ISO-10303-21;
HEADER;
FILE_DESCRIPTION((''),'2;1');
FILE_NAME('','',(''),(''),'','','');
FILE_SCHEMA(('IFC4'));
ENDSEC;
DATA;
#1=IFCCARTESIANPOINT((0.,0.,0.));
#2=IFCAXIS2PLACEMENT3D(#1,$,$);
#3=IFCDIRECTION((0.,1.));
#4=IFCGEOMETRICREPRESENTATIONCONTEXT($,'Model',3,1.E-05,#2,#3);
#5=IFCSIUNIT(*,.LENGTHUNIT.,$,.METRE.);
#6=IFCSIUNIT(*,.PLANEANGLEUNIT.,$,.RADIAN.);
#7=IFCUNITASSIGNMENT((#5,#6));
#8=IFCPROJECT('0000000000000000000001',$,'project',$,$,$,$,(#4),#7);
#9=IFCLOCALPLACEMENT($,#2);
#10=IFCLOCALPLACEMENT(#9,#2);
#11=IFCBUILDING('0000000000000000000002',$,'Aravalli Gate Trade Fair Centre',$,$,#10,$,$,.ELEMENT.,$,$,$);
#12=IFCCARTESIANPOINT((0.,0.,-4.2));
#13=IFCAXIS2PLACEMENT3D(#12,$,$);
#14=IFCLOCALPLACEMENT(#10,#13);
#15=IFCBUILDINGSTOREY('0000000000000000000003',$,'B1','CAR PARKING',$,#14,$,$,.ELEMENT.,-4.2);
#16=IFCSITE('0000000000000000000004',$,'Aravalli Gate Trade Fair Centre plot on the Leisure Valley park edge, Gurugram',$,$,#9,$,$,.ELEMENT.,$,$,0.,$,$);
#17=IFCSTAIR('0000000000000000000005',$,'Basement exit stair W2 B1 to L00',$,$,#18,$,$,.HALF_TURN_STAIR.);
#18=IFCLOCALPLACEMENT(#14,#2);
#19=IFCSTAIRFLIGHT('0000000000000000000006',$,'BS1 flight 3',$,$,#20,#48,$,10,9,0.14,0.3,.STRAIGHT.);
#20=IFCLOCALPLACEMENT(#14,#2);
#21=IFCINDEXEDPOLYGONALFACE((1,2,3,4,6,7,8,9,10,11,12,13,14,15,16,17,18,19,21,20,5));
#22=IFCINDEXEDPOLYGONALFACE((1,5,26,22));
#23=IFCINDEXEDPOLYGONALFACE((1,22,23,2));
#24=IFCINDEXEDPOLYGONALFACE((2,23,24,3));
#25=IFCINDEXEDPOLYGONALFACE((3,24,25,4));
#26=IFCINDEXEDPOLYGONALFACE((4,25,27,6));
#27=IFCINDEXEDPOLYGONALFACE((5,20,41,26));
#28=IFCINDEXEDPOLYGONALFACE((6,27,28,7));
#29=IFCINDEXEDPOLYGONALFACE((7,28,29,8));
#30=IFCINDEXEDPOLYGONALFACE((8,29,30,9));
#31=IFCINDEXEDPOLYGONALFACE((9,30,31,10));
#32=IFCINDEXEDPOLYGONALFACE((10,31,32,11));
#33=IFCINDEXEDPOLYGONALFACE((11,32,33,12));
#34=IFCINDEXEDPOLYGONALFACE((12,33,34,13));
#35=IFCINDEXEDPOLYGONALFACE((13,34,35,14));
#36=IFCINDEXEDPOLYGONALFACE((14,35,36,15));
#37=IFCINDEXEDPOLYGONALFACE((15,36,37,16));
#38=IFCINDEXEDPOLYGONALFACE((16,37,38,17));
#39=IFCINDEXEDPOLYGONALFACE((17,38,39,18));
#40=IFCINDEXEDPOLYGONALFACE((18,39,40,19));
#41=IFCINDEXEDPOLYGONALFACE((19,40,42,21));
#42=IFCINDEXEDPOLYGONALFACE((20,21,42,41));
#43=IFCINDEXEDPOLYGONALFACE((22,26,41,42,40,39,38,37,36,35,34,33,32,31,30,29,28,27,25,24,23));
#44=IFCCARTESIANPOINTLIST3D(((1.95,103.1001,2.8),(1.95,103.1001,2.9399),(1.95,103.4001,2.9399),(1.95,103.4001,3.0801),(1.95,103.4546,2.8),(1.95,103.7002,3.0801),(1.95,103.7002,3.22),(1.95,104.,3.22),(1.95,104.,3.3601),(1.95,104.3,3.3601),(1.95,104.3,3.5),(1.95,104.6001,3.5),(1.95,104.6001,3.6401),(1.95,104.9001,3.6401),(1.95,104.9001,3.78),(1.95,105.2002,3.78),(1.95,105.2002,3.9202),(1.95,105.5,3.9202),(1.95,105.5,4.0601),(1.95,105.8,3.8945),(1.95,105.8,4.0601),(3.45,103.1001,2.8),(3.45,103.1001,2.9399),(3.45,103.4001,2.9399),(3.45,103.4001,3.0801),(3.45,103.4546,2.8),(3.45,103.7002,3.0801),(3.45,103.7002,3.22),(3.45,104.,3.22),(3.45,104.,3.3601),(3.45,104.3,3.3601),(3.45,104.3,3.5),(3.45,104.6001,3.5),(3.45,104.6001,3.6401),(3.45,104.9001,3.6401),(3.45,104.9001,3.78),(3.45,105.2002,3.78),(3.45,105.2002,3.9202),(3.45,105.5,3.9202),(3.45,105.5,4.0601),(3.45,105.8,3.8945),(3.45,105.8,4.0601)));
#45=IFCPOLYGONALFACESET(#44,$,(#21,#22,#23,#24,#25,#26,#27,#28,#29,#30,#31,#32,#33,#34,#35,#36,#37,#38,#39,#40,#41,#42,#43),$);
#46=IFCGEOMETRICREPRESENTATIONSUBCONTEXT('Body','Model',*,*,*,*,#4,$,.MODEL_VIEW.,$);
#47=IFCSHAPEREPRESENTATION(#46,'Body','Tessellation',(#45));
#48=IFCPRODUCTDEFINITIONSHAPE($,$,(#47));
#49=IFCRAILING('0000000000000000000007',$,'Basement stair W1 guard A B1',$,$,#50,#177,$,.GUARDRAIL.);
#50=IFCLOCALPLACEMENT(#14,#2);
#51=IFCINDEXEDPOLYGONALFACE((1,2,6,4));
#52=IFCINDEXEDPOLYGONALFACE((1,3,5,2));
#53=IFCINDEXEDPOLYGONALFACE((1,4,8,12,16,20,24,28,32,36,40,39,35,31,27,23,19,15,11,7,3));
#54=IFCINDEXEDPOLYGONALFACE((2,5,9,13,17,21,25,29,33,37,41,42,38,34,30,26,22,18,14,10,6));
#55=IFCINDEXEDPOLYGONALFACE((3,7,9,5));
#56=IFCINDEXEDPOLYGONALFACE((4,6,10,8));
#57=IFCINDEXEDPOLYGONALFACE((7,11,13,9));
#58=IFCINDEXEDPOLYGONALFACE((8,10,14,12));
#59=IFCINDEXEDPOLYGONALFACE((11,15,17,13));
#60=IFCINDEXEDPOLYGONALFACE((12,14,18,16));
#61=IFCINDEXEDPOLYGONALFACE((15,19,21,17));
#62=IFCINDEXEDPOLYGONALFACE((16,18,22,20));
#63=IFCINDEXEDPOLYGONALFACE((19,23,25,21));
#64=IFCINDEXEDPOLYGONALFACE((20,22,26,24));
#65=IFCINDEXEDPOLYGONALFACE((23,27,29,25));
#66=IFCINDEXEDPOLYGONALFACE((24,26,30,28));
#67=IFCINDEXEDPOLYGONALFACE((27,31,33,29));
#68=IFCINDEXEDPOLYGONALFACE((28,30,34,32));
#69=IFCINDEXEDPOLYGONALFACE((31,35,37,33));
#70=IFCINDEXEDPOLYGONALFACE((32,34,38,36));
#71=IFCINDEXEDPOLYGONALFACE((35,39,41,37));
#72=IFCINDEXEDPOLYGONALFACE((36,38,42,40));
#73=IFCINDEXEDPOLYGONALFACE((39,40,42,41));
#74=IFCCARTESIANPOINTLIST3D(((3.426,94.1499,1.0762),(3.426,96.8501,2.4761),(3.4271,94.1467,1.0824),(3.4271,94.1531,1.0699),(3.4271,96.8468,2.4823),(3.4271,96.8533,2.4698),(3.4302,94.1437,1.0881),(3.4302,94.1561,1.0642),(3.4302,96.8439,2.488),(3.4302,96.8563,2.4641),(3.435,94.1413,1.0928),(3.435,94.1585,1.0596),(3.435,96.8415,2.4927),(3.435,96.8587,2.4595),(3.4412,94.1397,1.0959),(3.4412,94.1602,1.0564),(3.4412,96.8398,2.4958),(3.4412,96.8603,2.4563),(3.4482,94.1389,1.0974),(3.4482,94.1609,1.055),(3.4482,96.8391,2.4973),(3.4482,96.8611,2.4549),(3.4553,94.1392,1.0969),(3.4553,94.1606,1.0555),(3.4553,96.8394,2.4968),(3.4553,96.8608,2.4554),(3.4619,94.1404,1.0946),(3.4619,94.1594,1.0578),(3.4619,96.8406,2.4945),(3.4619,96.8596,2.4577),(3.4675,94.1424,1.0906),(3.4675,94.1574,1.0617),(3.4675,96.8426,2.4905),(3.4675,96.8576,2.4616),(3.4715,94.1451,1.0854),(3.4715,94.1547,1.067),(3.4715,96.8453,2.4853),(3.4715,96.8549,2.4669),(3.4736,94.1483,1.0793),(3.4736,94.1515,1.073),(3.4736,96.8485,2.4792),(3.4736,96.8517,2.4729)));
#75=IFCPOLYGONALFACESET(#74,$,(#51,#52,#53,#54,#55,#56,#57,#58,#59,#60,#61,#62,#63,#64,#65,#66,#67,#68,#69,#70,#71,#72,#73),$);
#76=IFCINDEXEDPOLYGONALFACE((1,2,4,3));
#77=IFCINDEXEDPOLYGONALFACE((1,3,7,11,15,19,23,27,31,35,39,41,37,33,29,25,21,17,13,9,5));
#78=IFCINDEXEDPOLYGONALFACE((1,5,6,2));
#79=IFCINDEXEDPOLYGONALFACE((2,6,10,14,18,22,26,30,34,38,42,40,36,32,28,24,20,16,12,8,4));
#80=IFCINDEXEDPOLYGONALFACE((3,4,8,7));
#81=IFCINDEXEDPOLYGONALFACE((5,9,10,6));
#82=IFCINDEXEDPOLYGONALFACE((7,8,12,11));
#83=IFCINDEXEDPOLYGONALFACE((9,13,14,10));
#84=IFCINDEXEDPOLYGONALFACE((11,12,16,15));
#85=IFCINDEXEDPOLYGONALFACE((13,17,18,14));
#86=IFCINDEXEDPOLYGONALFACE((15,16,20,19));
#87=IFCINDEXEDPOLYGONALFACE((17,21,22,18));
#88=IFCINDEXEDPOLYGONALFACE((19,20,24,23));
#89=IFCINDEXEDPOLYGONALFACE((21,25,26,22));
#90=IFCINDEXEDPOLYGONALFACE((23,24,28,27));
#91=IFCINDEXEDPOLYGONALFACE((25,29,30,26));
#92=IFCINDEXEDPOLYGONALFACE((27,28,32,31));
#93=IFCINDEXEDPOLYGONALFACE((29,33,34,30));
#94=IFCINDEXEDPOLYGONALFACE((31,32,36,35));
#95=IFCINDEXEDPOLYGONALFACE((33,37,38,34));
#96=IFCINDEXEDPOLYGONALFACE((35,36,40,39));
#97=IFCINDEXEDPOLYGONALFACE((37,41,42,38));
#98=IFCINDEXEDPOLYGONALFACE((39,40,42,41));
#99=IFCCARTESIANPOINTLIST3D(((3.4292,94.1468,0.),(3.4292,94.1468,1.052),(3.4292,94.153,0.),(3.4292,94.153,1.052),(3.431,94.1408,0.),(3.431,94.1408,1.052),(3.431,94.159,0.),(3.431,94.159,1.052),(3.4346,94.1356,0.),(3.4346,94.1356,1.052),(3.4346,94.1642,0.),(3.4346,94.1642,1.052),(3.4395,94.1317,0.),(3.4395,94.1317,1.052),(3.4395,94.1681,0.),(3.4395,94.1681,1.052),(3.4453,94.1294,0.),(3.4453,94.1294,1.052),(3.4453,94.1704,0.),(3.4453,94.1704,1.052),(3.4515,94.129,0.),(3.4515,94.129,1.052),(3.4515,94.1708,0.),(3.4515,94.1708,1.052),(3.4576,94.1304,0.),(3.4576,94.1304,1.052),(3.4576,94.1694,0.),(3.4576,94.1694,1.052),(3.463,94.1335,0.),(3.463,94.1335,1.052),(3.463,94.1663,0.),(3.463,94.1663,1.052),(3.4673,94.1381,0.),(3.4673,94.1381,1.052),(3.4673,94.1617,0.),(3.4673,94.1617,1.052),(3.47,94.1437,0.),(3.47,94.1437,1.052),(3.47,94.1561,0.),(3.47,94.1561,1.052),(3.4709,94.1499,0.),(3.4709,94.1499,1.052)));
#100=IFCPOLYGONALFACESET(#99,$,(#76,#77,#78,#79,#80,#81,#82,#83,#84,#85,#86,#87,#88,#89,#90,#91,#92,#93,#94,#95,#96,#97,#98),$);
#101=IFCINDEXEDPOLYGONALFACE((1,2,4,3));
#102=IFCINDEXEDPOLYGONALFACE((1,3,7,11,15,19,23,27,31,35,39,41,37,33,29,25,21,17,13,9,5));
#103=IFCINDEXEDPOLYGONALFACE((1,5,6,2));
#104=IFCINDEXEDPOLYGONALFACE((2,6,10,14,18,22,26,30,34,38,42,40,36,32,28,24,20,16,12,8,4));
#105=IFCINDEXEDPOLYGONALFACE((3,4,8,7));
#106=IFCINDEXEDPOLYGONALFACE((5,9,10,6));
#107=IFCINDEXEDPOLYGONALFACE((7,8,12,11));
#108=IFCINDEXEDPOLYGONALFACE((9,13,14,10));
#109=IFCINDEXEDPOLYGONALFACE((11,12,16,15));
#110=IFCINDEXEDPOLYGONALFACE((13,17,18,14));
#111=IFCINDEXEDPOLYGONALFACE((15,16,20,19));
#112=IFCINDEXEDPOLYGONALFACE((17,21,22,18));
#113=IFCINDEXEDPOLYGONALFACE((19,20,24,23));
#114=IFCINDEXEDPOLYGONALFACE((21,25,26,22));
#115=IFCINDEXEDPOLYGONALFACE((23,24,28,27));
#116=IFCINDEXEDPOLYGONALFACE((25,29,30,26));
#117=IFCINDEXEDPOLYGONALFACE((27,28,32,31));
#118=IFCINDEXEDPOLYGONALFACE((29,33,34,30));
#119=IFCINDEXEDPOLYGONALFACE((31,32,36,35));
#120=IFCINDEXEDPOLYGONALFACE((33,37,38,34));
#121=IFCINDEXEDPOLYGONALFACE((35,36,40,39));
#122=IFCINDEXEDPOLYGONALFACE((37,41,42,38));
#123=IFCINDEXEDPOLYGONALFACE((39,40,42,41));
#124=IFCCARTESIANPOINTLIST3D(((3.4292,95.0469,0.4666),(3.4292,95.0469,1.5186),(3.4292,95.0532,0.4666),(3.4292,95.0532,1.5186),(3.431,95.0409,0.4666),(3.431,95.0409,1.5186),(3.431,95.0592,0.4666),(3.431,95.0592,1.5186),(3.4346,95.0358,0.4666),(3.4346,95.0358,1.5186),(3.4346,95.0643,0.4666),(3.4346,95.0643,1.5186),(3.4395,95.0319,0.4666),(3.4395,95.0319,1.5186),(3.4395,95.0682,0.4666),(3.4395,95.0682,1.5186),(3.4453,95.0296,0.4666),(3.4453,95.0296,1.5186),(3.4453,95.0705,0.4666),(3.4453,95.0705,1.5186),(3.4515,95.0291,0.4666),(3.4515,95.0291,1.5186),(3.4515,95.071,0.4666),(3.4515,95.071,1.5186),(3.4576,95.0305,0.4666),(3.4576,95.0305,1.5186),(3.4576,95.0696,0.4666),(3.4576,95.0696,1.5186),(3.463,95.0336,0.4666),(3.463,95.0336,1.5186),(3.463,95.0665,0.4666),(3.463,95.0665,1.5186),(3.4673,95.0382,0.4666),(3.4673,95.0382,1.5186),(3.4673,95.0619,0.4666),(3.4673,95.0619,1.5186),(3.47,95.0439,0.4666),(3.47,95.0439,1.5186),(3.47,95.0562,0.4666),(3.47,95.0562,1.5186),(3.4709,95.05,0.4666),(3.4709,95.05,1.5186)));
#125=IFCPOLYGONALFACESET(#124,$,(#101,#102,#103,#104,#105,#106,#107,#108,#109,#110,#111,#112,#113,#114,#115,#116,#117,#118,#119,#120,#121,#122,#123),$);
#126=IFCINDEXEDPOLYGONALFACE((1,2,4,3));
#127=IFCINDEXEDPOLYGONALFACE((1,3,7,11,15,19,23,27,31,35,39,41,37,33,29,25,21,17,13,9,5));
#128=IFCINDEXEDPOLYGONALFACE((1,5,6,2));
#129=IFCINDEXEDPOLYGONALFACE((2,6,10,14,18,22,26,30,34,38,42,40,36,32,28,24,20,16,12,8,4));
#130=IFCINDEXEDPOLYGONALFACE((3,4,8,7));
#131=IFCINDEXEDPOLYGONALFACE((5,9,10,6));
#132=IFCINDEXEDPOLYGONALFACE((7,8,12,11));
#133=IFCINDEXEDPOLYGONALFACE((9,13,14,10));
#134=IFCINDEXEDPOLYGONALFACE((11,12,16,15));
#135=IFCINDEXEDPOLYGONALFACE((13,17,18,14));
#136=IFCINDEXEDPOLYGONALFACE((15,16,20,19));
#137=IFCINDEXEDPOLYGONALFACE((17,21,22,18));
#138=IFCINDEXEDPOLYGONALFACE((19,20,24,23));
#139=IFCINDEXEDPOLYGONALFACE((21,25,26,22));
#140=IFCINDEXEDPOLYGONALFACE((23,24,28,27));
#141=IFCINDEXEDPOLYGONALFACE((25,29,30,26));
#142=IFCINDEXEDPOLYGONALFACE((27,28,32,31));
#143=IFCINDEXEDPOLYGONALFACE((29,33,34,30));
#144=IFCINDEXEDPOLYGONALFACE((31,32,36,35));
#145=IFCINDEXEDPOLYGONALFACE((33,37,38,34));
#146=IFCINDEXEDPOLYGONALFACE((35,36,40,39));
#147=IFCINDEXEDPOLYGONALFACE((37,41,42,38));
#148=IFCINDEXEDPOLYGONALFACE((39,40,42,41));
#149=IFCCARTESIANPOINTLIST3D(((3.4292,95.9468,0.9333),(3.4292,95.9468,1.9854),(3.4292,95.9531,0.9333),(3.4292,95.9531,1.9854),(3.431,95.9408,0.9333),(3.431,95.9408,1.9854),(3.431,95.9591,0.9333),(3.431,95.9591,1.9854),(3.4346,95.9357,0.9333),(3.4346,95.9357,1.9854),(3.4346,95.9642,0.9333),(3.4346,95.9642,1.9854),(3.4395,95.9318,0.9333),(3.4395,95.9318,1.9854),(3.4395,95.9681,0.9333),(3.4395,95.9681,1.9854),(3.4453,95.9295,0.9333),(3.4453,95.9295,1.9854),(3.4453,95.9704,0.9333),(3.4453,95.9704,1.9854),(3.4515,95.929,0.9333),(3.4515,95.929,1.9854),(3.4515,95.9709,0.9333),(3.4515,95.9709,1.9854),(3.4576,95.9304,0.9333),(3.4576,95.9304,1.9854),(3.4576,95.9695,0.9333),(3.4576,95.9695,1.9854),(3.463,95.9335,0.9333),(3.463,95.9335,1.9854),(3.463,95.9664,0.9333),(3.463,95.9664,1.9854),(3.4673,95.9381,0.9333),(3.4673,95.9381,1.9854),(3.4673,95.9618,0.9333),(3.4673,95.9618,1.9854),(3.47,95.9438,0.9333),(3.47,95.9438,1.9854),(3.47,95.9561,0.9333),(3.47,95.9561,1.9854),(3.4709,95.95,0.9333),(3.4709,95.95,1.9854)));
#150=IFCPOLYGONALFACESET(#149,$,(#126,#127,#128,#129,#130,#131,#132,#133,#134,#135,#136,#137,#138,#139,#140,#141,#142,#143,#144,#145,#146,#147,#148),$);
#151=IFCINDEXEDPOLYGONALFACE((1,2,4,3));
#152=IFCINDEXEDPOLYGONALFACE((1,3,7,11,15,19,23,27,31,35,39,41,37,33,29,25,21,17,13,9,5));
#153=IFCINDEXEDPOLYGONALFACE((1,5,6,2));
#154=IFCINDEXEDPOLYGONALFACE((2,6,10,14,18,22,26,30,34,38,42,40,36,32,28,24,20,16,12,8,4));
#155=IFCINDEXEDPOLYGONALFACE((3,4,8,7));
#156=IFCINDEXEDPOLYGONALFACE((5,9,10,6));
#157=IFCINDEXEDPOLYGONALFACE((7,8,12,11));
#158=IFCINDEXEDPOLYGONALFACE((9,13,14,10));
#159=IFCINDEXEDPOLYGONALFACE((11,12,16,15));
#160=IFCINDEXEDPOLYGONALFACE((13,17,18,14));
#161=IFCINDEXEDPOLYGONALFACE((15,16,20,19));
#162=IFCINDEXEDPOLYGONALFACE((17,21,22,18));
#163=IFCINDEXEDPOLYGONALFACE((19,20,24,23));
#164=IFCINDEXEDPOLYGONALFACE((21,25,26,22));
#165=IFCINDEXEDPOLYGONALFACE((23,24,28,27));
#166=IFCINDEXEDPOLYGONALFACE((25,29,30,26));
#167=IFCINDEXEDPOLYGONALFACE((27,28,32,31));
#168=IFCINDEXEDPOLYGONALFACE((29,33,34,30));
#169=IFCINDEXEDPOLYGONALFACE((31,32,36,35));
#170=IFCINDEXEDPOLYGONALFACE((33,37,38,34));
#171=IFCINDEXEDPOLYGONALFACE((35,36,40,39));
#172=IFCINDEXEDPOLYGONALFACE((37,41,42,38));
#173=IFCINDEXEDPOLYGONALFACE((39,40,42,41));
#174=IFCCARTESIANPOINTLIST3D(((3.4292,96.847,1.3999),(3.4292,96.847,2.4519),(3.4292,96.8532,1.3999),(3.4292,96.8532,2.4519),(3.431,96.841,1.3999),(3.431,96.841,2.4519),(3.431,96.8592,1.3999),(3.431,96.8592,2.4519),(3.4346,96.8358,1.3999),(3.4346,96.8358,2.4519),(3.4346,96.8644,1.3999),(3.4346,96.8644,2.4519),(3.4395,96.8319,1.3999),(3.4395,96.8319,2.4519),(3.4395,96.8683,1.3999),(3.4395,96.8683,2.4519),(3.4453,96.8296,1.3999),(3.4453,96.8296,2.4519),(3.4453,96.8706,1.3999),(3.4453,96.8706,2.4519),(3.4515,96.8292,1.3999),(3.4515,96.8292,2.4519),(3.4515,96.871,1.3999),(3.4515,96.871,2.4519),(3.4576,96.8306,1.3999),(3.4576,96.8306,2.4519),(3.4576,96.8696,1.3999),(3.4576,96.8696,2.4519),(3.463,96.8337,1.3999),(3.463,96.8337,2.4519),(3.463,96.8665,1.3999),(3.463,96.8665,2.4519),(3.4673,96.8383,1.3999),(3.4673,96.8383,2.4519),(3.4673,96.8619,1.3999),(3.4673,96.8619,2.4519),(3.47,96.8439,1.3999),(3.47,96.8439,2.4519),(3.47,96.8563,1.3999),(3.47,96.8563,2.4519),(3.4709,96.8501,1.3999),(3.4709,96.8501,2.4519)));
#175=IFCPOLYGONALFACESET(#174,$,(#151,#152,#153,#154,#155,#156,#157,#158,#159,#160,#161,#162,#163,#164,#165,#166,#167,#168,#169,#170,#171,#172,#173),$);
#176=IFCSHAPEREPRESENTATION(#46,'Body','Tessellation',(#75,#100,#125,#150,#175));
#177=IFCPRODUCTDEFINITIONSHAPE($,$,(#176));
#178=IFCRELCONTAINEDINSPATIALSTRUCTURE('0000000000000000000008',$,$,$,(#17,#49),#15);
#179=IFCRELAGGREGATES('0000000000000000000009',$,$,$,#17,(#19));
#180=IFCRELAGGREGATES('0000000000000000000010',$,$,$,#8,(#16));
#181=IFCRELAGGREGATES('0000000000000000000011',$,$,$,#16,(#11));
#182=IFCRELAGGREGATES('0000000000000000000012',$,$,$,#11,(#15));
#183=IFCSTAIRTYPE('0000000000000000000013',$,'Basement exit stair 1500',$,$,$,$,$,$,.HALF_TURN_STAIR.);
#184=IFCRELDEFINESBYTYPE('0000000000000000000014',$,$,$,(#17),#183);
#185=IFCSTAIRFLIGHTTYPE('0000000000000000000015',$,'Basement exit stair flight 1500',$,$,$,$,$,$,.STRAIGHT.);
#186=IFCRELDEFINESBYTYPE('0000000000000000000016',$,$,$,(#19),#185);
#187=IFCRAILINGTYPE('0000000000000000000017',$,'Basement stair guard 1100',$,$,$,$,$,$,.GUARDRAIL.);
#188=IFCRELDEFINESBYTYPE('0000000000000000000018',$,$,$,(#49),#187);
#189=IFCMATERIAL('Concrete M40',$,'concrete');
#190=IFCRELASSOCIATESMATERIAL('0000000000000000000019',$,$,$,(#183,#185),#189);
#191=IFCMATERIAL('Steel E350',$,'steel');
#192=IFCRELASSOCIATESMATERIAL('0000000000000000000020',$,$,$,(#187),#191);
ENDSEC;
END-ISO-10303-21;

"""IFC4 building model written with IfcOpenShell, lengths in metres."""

from ifc_helpers import new_model, si_unit, direction, frame, origin, origin_2d, place, context, subcontext, project, spatial, polyline, circle, outline, extrude, material, type_object, element, aggregate, save


model = new_model("IFC4")

# Units and contexts
model_context = context("Model", 3, precision=1e-05, world=origin(), true_north=direction((0.0, 1.0)))
body_context = subcontext(model_context, "Body", "Model", "MODEL_VIEW")
ifc_project = project(units=[si_unit("LENGTHUNIT", "METRE"), si_unit("PLANEANGLEUNIT", "RADIAN")], contexts=[model_context])

# Site, building, storey
site_placement = place(None, origin())
site = spatial("IfcSite", under=ifc_project, at=site_placement, Name="Aravalli Gate Trade Fair Centre plot on the Leisure Valley park edge, Gurugram", CompositionType="ELEMENT", RefElevation=0.0)
building_placement = place(site_placement, origin())
building = spatial("IfcBuilding", under=site, at=building_placement, Name="Aravalli Gate Trade Fair Centre", CompositionType="ELEMENT")
storey_placement = place(building_placement, frame((0.0, 0.0, -4.2)))
storey = spatial("IfcBuildingStorey", under=building, at=storey_placement, Name="B1", Description="CAR PARKING", CompositionType="ELEMENT", Elevation=-4.2)

# Stair, stair flight
ifc_material_1 = material(Name="Concrete M40", Category="concrete")
stair_type = type_object("IfcStairType", Name="Basement exit stair 1500", PredefinedType="HALF_TURN_STAIR", material=ifc_material_1)
stair_flight_type = type_object("IfcStairFlightType", Name="Basement exit stair flight 1500", PredefinedType="STRAIGHT", material=ifc_material_1)
stair_1_placement = place(storey_placement, origin())
stair_1 = element("IfcStair", 1, at=stair_1_placement, inside=storey, type_object=stair_type, Name="Basement exit stair W2 B1 to L00", PredefinedType="HALF_TURN_STAIR")
stair_flight_1_placement = place(storey_placement, frame((2.7, 103.1001, 2.8), z_axis=(0.0, 0.0, 1.0), x_axis=(0.0, 1.0, 0.0)))
stair_flight_1 = element("IfcStairFlight", 2, at=stair_flight_1_placement, type_object=stair_flight_type, Name="BS1 flight 3", NumberOfRisers=10, NumberOfTreads=9, PredefinedType="STRAIGHT", RiserHeight=0.14, TreadLength=0.3, context=body_context, shape_type="SweptSolid", body=[
    extrude(outline(polyline([(0.0, 0.0), (0.0, 0.1399), (0.3, 0.1399), (0.3, 0.28), (0.6001, 0.28), (0.6001, 0.4199), (0.8999, 0.4199), (0.8999, 0.5601), (1.2, 0.5601), (1.2, 0.7), (1.5, 0.7), (1.5, 0.8401), (1.8, 0.8401), (1.8, 0.98), (2.1001, 0.98), (2.1001, 1.1201), (2.3999, 1.1201), (2.3999, 1.26), (2.7, 1.26), (2.7, 1.3999), (2.7, 1.0945), (0.3545, 0.0), (0.0, 0.0)])), frame((0.0, 0.75, 0.0), z_axis=(0.0, -1.0, 0.0), x_axis=(1.0, 0.0, 0.0)), (0.0, 0.0, 1.0), 1.5),
])
aggregate(stair_1, [stair_flight_1])

# Railing
ifc_material_2 = material(Name="Steel E350", Category="steel")
railing_type_1 = type_object("IfcRailingType", Name="Basement stair guard 1100", PredefinedType="GUARDRAIL", material=ifc_material_2)
railing_1_placement = place(storey_placement, frame((3.45, 94.1499, 0.0)))
element("IfcRailing", 3, at=railing_1_placement, inside=storey, type_object=railing_type_1, Name="Basement stair W1 guard A B1", PredefinedType="GUARDRAIL", context=body_context, shape_type="SweptSolid", body=[
    extrude(circle(Radius=0.0239, at=origin_2d()), frame((0.0, 0.0, 1.0762), z_axis=(0.0, 0.887781, 0.460266), x_axis=(-1.0, 0.0, 0.0)), (0.0, 0.0, 1.0), 3.0415),
    extrude(circle(Radius=0.021, at=origin_2d()), origin(), (0.0, 0.0, 1.0), 1.052),
    extrude(circle(Radius=0.021, at=origin_2d()), frame((0.0, 0.9001, 0.4666)), (0.0, 0.0, 1.0), 1.052),
    extrude(circle(Radius=0.021, at=origin_2d()), frame((0.0, 1.8, 0.9333)), (0.0, 0.0, 1.0), 1.052),
    extrude(circle(Radius=0.021, at=origin_2d()), frame((0.0, 2.7002, 1.3999)), (0.0, 0.0, 1.0), 1.052),
])

save(model, "model.ifc")
